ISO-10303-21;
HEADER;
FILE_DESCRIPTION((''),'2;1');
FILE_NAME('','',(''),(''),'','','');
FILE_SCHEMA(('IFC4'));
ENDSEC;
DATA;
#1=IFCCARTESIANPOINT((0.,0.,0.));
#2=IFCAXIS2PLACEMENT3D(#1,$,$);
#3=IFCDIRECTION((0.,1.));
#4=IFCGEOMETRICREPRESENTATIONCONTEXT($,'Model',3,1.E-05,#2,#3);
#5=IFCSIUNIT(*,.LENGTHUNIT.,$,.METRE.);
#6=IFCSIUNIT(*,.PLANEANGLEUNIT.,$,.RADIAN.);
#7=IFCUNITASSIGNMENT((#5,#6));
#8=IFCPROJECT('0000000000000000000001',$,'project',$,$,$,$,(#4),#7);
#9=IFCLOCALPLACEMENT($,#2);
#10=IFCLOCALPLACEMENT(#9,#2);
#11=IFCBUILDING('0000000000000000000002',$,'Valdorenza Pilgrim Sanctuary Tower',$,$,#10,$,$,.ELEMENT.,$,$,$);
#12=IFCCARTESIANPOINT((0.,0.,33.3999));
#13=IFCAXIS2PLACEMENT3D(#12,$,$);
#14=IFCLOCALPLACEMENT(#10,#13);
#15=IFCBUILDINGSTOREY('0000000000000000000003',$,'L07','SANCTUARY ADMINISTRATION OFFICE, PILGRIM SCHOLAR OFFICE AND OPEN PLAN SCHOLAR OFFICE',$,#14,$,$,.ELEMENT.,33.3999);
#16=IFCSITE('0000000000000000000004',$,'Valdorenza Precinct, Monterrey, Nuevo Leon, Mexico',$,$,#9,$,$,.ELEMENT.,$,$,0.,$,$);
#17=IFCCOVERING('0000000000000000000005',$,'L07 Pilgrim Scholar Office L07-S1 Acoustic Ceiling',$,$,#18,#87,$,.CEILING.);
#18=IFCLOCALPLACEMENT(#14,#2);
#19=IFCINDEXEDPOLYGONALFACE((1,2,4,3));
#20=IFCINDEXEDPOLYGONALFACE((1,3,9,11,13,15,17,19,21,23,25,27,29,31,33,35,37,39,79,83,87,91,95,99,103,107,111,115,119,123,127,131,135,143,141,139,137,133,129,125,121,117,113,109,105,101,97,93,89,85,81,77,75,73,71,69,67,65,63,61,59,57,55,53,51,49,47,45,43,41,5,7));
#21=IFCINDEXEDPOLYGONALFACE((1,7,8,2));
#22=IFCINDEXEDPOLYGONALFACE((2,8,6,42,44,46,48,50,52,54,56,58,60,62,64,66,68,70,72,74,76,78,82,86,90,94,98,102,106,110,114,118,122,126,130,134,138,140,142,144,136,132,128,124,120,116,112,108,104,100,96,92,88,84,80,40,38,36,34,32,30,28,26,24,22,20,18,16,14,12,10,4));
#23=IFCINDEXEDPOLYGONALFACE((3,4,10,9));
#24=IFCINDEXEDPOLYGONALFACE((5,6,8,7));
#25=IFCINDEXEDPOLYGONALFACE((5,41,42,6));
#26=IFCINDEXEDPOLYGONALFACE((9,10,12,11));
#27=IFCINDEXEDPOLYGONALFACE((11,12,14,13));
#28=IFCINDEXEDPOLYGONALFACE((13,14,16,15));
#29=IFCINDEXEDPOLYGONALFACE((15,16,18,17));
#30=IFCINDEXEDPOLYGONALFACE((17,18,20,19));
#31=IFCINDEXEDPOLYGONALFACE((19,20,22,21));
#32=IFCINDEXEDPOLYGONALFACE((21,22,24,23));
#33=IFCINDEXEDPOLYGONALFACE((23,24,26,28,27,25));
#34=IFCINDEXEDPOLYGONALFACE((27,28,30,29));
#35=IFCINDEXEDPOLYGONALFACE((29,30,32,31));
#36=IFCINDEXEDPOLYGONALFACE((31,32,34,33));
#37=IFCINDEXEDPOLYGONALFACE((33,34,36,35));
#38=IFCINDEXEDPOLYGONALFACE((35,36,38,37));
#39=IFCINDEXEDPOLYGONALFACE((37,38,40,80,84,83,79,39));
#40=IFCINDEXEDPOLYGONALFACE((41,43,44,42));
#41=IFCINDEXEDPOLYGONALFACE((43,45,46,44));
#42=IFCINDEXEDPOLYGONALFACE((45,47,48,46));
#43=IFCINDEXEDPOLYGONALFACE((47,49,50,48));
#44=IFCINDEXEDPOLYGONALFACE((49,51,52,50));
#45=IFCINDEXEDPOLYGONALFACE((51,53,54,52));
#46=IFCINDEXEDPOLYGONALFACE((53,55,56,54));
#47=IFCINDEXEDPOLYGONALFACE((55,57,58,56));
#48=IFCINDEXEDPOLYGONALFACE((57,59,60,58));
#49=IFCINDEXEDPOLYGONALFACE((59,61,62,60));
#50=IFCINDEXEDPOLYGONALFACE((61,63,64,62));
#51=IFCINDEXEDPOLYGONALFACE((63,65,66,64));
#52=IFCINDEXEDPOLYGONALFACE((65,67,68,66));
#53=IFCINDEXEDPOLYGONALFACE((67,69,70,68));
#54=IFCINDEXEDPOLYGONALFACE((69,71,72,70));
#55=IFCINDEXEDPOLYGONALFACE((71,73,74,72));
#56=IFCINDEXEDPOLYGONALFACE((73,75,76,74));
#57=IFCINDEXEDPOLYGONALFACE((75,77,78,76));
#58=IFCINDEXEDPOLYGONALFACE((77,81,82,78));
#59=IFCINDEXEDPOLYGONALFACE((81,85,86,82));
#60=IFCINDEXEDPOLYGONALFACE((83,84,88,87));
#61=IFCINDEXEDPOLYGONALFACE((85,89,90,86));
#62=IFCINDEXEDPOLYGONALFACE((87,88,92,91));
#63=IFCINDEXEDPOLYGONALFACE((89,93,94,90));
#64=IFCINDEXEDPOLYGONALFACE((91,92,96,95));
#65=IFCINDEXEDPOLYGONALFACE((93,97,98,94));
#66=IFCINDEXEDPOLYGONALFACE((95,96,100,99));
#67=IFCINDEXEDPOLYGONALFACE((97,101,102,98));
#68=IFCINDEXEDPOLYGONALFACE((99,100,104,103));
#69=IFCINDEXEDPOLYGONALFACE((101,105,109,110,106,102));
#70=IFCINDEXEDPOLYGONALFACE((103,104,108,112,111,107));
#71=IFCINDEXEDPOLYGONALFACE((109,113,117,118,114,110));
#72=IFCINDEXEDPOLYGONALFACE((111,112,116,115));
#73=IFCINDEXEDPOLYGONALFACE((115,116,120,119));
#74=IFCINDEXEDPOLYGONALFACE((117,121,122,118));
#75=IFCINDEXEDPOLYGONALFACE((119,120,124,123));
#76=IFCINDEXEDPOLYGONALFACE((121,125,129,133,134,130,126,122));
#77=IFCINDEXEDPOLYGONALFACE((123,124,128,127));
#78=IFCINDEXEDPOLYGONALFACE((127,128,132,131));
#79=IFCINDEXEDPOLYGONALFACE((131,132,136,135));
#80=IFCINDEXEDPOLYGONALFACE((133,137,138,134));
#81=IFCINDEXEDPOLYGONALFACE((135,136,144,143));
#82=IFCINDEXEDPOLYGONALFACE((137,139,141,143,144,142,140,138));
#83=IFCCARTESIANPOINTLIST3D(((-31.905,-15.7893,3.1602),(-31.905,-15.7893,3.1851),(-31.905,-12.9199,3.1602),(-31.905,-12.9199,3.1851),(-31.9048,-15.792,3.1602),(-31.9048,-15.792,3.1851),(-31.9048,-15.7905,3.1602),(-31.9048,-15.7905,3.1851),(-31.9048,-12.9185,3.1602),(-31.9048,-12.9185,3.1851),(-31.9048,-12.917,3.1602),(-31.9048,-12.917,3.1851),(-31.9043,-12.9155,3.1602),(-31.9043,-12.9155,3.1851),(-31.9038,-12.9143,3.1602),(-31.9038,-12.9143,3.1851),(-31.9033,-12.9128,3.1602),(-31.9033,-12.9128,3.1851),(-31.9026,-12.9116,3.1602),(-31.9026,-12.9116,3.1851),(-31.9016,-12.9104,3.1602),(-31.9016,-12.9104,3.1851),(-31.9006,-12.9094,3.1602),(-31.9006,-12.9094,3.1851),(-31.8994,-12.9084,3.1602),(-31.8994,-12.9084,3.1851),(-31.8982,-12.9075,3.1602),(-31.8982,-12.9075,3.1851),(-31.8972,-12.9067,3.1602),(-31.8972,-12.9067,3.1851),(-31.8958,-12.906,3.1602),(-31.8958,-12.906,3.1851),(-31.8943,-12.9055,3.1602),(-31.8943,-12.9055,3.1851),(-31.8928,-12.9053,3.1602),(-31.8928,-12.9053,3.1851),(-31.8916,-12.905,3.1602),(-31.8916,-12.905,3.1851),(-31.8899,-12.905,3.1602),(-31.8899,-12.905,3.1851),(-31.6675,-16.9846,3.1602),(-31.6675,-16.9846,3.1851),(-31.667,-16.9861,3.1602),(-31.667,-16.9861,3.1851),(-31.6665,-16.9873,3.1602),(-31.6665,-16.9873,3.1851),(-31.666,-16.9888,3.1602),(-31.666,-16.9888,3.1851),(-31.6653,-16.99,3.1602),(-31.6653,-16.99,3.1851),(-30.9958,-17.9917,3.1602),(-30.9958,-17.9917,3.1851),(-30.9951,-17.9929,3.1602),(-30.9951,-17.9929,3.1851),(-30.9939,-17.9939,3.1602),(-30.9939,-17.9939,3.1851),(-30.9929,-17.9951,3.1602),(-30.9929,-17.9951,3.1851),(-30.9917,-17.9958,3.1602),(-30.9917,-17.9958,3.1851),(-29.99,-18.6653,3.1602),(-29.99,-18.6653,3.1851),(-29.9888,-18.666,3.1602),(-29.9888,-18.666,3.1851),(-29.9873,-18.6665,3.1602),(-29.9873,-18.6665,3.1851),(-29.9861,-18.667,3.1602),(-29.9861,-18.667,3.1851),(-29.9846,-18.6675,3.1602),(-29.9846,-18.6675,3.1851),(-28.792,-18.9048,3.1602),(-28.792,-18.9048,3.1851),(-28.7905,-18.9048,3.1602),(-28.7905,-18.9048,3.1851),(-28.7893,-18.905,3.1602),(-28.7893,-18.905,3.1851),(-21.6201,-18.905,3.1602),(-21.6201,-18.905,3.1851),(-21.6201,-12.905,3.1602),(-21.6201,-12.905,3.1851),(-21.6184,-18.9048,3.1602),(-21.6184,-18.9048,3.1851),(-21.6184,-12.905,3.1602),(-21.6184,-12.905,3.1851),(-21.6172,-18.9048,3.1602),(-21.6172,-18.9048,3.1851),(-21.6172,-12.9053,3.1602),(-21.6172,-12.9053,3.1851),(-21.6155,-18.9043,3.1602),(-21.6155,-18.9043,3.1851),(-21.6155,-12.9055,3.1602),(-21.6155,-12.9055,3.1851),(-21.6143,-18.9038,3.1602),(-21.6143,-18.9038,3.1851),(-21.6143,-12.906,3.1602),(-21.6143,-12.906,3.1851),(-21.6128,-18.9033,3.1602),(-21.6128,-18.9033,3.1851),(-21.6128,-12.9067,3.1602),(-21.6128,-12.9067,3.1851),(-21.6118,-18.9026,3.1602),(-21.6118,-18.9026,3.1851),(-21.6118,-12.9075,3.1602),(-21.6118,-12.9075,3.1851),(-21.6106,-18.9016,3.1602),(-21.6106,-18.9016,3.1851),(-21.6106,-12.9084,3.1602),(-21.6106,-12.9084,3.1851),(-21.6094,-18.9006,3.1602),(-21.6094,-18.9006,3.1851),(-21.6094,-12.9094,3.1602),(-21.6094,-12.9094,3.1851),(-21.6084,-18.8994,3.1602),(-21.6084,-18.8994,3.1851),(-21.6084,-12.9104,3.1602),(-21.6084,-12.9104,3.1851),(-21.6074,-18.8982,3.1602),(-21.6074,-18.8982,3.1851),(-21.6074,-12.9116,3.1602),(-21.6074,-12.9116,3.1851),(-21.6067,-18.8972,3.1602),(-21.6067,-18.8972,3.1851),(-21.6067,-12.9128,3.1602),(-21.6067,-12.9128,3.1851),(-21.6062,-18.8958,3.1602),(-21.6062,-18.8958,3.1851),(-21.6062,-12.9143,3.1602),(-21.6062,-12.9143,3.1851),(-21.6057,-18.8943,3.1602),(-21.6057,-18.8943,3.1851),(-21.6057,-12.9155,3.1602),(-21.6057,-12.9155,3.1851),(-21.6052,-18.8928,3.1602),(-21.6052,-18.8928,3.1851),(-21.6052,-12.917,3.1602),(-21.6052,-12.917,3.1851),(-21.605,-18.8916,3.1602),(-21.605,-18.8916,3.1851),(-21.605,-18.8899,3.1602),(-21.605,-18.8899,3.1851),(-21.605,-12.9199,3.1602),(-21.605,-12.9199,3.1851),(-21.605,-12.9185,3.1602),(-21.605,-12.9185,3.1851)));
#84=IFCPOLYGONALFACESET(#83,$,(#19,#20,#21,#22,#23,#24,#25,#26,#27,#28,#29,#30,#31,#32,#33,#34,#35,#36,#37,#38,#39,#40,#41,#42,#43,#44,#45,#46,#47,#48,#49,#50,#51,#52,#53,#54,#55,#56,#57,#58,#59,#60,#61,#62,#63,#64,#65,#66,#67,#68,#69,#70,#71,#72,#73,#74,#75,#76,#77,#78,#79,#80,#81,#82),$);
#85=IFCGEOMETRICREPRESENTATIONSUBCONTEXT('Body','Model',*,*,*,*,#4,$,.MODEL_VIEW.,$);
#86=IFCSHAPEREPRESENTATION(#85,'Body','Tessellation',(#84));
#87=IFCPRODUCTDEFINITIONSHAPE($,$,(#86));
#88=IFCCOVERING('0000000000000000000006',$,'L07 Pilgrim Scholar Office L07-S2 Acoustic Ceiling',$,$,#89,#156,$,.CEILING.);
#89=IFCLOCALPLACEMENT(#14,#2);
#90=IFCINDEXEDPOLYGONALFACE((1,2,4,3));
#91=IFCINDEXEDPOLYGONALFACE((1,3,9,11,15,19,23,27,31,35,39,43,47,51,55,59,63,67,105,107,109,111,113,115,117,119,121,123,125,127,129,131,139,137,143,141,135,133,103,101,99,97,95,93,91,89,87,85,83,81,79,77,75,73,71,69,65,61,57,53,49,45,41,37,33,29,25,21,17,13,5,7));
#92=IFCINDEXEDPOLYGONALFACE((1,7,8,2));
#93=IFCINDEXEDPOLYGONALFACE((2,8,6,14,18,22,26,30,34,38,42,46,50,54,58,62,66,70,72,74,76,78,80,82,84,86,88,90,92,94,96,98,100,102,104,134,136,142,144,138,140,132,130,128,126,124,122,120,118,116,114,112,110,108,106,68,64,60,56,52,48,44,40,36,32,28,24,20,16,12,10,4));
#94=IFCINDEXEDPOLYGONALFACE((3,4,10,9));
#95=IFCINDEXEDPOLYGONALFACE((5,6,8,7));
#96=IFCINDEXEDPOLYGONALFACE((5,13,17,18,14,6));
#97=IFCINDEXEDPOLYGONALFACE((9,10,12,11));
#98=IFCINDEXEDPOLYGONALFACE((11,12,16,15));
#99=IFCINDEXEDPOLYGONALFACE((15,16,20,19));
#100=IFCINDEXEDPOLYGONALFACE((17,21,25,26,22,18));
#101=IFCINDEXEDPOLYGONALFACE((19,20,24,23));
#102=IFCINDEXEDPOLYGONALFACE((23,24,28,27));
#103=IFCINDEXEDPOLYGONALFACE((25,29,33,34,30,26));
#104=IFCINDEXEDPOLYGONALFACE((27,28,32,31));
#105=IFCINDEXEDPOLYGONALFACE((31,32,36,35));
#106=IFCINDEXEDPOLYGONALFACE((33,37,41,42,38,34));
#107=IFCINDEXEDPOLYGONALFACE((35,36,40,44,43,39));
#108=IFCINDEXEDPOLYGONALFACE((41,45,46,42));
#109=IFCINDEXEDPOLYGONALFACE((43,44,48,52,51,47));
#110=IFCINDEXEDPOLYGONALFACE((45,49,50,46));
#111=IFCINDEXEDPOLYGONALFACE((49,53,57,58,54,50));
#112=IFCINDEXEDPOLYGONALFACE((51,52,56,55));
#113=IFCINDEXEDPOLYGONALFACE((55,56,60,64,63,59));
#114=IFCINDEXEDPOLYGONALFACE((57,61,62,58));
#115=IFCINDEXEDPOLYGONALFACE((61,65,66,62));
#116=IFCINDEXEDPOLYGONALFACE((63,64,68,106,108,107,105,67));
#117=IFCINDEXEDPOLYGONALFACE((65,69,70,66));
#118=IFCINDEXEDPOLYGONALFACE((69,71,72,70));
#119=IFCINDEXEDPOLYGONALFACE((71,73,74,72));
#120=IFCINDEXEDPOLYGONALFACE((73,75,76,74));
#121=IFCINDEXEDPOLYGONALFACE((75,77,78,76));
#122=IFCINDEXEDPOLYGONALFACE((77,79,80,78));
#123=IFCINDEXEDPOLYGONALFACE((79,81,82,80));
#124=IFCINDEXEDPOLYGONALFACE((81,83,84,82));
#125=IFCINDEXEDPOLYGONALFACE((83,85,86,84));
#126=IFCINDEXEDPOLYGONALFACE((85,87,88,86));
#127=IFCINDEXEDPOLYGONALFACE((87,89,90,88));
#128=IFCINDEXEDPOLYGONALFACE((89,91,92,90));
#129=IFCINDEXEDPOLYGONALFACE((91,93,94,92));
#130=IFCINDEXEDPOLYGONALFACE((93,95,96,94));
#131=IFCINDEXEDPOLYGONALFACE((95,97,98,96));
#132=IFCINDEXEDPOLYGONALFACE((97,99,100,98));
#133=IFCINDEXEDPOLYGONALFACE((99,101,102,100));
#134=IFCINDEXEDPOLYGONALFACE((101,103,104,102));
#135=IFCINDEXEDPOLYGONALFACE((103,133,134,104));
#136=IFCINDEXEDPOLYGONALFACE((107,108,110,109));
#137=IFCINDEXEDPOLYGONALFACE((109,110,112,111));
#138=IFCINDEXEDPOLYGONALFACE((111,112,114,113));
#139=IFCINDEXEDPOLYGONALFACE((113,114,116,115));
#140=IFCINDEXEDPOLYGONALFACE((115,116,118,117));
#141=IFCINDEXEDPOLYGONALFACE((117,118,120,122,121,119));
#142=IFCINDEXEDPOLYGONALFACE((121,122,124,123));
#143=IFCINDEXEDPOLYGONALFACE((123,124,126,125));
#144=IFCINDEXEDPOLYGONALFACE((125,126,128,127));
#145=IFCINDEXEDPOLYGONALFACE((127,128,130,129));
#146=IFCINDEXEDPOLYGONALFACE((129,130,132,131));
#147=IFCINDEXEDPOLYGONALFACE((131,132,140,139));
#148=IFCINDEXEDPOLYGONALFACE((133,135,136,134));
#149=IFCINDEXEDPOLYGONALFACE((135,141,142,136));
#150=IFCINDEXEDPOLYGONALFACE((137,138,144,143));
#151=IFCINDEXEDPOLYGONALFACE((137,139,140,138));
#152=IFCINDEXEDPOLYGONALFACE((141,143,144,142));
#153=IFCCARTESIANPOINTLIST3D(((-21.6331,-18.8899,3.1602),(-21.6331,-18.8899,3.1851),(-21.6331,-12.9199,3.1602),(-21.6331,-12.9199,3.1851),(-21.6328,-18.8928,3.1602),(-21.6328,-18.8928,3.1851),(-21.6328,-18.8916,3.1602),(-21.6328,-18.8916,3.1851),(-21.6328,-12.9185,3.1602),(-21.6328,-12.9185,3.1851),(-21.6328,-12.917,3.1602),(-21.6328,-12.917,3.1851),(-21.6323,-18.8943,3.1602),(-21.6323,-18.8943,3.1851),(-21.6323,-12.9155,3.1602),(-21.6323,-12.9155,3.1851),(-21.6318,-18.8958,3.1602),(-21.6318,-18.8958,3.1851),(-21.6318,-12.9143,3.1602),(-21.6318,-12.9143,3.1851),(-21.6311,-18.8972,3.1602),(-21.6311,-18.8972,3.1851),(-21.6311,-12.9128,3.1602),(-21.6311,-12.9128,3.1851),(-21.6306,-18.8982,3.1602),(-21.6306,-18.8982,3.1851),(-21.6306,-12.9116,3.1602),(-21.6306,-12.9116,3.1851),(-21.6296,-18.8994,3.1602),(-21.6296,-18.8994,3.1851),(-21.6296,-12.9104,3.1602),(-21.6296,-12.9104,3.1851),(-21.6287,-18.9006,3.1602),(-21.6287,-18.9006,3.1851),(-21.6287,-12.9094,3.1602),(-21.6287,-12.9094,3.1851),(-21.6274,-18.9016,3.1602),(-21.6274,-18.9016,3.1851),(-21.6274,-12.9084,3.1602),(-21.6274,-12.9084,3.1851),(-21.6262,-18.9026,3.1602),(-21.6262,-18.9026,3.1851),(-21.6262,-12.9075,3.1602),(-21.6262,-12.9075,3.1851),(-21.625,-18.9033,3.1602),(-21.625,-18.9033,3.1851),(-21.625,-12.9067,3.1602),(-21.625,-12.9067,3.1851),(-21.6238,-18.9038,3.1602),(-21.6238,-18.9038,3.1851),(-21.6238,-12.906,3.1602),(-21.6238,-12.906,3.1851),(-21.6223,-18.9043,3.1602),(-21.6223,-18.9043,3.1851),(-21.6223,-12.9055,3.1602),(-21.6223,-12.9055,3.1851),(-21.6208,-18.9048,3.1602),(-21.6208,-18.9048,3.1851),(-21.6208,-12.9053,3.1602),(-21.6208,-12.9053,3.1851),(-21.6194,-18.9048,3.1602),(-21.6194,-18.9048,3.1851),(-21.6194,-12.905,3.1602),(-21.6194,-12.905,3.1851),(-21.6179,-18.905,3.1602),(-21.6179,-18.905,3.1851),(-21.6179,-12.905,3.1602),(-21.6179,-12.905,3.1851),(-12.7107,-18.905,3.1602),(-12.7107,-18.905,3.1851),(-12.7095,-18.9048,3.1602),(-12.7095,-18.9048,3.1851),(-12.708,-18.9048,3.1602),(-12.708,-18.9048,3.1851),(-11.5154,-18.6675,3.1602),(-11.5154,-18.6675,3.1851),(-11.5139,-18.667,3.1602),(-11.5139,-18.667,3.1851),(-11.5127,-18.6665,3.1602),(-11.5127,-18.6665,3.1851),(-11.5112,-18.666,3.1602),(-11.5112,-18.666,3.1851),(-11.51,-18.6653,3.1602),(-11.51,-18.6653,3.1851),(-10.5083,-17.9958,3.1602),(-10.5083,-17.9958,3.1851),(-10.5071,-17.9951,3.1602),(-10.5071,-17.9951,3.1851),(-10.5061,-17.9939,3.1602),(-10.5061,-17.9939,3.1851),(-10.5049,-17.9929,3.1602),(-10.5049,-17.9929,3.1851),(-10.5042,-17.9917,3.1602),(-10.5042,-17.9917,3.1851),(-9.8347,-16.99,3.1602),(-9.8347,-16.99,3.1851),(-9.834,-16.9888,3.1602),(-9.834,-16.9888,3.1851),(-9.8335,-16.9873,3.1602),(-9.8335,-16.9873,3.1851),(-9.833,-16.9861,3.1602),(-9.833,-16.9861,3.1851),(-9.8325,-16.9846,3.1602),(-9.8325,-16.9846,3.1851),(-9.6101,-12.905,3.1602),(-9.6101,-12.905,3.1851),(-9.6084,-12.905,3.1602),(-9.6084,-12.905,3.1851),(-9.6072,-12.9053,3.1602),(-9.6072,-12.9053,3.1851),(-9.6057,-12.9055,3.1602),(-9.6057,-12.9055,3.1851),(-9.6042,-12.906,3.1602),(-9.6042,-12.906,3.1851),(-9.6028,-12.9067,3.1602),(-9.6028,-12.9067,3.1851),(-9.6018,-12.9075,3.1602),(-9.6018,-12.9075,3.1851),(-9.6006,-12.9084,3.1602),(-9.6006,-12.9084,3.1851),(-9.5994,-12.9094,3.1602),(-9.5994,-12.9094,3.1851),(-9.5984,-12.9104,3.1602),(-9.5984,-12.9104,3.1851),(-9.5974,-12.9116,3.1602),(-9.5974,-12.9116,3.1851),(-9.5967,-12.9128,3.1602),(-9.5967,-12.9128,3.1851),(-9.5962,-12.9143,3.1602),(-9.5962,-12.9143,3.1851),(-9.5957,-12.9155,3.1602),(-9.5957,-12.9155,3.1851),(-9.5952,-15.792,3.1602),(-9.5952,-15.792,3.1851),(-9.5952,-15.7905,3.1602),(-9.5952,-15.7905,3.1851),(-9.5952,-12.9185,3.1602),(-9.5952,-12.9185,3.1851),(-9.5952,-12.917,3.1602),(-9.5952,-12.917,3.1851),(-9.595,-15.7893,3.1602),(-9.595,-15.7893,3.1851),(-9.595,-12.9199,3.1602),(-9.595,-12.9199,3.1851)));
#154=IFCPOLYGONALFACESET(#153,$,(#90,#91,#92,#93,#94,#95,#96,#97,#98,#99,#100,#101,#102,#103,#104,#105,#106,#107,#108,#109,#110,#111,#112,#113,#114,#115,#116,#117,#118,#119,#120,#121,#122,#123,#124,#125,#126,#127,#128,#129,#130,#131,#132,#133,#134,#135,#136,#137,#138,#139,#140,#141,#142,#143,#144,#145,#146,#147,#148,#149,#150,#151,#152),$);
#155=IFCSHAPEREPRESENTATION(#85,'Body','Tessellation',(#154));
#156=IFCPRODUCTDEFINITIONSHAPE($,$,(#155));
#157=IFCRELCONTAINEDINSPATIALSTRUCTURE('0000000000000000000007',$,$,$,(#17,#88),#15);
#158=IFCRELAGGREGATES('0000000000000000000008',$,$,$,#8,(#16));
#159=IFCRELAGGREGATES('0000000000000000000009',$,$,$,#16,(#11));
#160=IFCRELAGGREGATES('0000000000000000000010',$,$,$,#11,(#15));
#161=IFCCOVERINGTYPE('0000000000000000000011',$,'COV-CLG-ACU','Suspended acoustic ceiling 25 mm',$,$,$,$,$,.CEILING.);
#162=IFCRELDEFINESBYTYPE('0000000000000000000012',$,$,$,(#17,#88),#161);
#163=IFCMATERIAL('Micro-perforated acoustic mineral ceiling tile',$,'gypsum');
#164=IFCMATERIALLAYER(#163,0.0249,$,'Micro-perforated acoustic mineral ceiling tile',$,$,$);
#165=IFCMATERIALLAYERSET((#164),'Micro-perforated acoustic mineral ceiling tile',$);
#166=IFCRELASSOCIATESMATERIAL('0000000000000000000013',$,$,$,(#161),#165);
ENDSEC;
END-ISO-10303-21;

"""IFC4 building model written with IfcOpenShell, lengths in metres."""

from ifc_helpers import new_model, si_unit, direction, frame, origin, place, context, subcontext, project, spatial, polyline, outline, extrude, material, layer, layer_set, type_object, element, save


model = new_model("IFC4")

# Units and contexts
model_context = context("Model", 3, precision=1e-05, world=origin(), true_north=direction((0.0, 1.0)))
body_context = subcontext(model_context, "Body", "Model", "MODEL_VIEW")
ifc_project = project(units=[si_unit("LENGTHUNIT", "METRE"), si_unit("PLANEANGLEUNIT", "RADIAN")], contexts=[model_context])

# Site, building, storey
site_placement = place(None, origin())
site = spatial("IfcSite", under=ifc_project, at=site_placement, Name="Valdorenza Precinct, Monterrey, Nuevo Leon, Mexico", CompositionType="ELEMENT", RefElevation=0.0)
building_placement = place(site_placement, origin())
building = spatial("IfcBuilding", under=site, at=building_placement, Name="Valdorenza Pilgrim Sanctuary Tower", CompositionType="ELEMENT")
storey_placement = place(building_placement, frame((0.0, 0.0, 33.3999)))
storey = spatial("IfcBuildingStorey", under=building, at=storey_placement, Name="L07", Description="SANCTUARY ADMINISTRATION OFFICE, PILGRIM SCHOLAR OFFICE AND OPEN PLAN SCHOLAR OFFICE", CompositionType="ELEMENT", Elevation=33.3999)

# Coverings
ifc_material_1 = material(Name="Micro-perforated acoustic mineral ceiling tile", Category="gypsum")
ifc_layer_1 = layer(ifc_material_1, 0.0249, Name="Micro-perforated acoustic mineral ceiling tile")
ifc_layer_set_1 = layer_set([ifc_layer_1], Name="Micro-perforated acoustic mineral ceiling tile")
covering_type_1 = type_object("IfcCoveringType", Name="COV-CLG-ACU", Description="Suspended acoustic ceiling 25 mm", PredefinedType="CEILING", material=ifc_layer_set_1)
covering_1_placement = place(storey_placement, frame((0.0, 0.0, 3.1602)))
element("IfcCovering", 1, at=covering_1_placement, inside=storey, type_object=covering_type_1, Name="L07 Pilgrim Scholar Office L07-S1 Acoustic Ceiling", PredefinedType="CEILING", context=body_context, shape_type="SweptSolid", body=[
    extrude(outline(polyline([(-21.605, -18.8899), (-21.605, -18.8916), (-21.6052, -18.8928), (-21.6057, -18.8943), (-21.6062, -18.8958), (-21.6067, -18.8972), (-21.6074, -18.8982), (-21.6084, -18.8994), (-21.6094, -18.9006), (-21.6106, -18.9016), (-21.6118, -18.9026), (-21.6128, -18.9033), (-21.6143, -18.9038), (-21.6155, -18.9043), (-21.6172, -18.9048), (-21.6184, -18.9048), (-21.6201, -18.905), (-28.7893, -18.905), (-28.7905, -18.9048), (-28.792, -18.9048), (-29.9846, -18.6675), (-29.9861, -18.667), (-29.9873, -18.6665), (-29.9888, -18.666), (-29.99, -18.6653), (-30.9917, -17.9958), (-30.9929, -17.9951), (-30.9939, -17.9939), (-30.9951, -17.9929), (-30.9958, -17.9917), (-31.6653, -16.99), (-31.666, -16.9888), (-31.6665, -16.9873), (-31.667, -16.9861), (-31.6675, -16.9846), (-31.9048, -15.792), (-31.9048, -15.7905), (-31.905, -15.7893), (-31.905, -12.9199), (-31.9048, -12.9185), (-31.9048, -12.917), (-31.9043, -12.9155), (-31.9038, -12.9143), (-31.9033, -12.9128), (-31.9026, -12.9116), (-31.9016, -12.9104), (-31.9006, -12.9094), (-31.8994, -12.9084), (-31.8982, -12.9075), (-31.8972, -12.9067), (-31.8958, -12.906), (-31.8943, -12.9055), (-31.8928, -12.9053), (-31.8916, -12.905), (-31.8899, -12.905), (-21.6201, -12.905), (-21.6184, -12.905), (-21.6172, -12.9053), (-21.6155, -12.9055), (-21.6143, -12.906), (-21.6128, -12.9067), (-21.6118, -12.9075), (-21.6106, -12.9084), (-21.6094, -12.9094), (-21.6084, -12.9104), (-21.6074, -12.9116), (-21.6067, -12.9128), (-21.6062, -12.9143), (-21.6057, -12.9155), (-21.6052, -12.917), (-21.605, -12.9185), (-21.605, -12.9199), (-21.605, -18.8899)])), origin(), (0.0, 0.0, 1.0), 0.0249),
])
covering_2_placement = place(storey_placement, frame((0.0, 0.0, 3.1602)))
element("IfcCovering", 2, at=covering_2_placement, inside=storey, type_object=covering_type_1, Name="L07 Pilgrim Scholar Office L07-S2 Acoustic Ceiling", PredefinedType="CEILING", context=body_context, shape_type="SweptSolid", body=[
    extrude(outline(polyline([(-9.6101, -12.905), (-9.6084, -12.905), (-9.6072, -12.9053), (-9.6057, -12.9055), (-9.6042, -12.906), (-9.6028, -12.9067), (-9.6018, -12.9075), (-9.6006, -12.9084), (-9.5994, -12.9094), (-9.5984, -12.9104), (-9.5974, -12.9116), (-9.5967, -12.9128), (-9.5962, -12.9143), (-9.5957, -12.9155), (-9.5952, -12.917), (-9.5952, -12.9185), (-9.595, -12.9199), (-9.595, -15.7893), (-9.5952, -15.7905), (-9.5952, -15.792), (-9.8325, -16.9846), (-9.833, -16.9861), (-9.8335, -16.9873), (-9.834, -16.9888), (-9.8347, -16.99), (-10.5042, -17.9917), (-10.5049, -17.9929), (-10.5061, -17.9939), (-10.5071, -17.9951), (-10.5083, -17.9958), (-11.51, -18.6653), (-11.5112, -18.666), (-11.5127, -18.6665), (-11.5139, -18.667), (-11.5154, -18.6675), (-12.708, -18.9048), (-12.7095, -18.9048), (-12.7107, -18.905), (-21.6179, -18.905), (-21.6194, -18.9048), (-21.6208, -18.9048), (-21.6223, -18.9043), (-21.6238, -18.9038), (-21.625, -18.9033), (-21.6262, -18.9026), (-21.6274, -18.9016), (-21.6287, -18.9006), (-21.6296, -18.8994), (-21.6306, -18.8982), (-21.6311, -18.8972), (-21.6318, -18.8958), (-21.6323, -18.8943), (-21.6328, -18.8928), (-21.6328, -18.8916), (-21.6331, -18.8899), (-21.6331, -12.9199), (-21.6328, -12.9185), (-21.6328, -12.917), (-21.6323, -12.9155), (-21.6318, -12.9143), (-21.6311, -12.9128), (-21.6306, -12.9116), (-21.6296, -12.9104), (-21.6287, -12.9094), (-21.6274, -12.9084), (-21.6262, -12.9075), (-21.625, -12.9067), (-21.6238, -12.906), (-21.6223, -12.9055), (-21.6208, -12.9053), (-21.6194, -12.905), (-21.6179, -12.905), (-9.6101, -12.905)])), origin(), (0.0, 0.0, 1.0), 0.0249),
])

save(model, "model.ifc")
